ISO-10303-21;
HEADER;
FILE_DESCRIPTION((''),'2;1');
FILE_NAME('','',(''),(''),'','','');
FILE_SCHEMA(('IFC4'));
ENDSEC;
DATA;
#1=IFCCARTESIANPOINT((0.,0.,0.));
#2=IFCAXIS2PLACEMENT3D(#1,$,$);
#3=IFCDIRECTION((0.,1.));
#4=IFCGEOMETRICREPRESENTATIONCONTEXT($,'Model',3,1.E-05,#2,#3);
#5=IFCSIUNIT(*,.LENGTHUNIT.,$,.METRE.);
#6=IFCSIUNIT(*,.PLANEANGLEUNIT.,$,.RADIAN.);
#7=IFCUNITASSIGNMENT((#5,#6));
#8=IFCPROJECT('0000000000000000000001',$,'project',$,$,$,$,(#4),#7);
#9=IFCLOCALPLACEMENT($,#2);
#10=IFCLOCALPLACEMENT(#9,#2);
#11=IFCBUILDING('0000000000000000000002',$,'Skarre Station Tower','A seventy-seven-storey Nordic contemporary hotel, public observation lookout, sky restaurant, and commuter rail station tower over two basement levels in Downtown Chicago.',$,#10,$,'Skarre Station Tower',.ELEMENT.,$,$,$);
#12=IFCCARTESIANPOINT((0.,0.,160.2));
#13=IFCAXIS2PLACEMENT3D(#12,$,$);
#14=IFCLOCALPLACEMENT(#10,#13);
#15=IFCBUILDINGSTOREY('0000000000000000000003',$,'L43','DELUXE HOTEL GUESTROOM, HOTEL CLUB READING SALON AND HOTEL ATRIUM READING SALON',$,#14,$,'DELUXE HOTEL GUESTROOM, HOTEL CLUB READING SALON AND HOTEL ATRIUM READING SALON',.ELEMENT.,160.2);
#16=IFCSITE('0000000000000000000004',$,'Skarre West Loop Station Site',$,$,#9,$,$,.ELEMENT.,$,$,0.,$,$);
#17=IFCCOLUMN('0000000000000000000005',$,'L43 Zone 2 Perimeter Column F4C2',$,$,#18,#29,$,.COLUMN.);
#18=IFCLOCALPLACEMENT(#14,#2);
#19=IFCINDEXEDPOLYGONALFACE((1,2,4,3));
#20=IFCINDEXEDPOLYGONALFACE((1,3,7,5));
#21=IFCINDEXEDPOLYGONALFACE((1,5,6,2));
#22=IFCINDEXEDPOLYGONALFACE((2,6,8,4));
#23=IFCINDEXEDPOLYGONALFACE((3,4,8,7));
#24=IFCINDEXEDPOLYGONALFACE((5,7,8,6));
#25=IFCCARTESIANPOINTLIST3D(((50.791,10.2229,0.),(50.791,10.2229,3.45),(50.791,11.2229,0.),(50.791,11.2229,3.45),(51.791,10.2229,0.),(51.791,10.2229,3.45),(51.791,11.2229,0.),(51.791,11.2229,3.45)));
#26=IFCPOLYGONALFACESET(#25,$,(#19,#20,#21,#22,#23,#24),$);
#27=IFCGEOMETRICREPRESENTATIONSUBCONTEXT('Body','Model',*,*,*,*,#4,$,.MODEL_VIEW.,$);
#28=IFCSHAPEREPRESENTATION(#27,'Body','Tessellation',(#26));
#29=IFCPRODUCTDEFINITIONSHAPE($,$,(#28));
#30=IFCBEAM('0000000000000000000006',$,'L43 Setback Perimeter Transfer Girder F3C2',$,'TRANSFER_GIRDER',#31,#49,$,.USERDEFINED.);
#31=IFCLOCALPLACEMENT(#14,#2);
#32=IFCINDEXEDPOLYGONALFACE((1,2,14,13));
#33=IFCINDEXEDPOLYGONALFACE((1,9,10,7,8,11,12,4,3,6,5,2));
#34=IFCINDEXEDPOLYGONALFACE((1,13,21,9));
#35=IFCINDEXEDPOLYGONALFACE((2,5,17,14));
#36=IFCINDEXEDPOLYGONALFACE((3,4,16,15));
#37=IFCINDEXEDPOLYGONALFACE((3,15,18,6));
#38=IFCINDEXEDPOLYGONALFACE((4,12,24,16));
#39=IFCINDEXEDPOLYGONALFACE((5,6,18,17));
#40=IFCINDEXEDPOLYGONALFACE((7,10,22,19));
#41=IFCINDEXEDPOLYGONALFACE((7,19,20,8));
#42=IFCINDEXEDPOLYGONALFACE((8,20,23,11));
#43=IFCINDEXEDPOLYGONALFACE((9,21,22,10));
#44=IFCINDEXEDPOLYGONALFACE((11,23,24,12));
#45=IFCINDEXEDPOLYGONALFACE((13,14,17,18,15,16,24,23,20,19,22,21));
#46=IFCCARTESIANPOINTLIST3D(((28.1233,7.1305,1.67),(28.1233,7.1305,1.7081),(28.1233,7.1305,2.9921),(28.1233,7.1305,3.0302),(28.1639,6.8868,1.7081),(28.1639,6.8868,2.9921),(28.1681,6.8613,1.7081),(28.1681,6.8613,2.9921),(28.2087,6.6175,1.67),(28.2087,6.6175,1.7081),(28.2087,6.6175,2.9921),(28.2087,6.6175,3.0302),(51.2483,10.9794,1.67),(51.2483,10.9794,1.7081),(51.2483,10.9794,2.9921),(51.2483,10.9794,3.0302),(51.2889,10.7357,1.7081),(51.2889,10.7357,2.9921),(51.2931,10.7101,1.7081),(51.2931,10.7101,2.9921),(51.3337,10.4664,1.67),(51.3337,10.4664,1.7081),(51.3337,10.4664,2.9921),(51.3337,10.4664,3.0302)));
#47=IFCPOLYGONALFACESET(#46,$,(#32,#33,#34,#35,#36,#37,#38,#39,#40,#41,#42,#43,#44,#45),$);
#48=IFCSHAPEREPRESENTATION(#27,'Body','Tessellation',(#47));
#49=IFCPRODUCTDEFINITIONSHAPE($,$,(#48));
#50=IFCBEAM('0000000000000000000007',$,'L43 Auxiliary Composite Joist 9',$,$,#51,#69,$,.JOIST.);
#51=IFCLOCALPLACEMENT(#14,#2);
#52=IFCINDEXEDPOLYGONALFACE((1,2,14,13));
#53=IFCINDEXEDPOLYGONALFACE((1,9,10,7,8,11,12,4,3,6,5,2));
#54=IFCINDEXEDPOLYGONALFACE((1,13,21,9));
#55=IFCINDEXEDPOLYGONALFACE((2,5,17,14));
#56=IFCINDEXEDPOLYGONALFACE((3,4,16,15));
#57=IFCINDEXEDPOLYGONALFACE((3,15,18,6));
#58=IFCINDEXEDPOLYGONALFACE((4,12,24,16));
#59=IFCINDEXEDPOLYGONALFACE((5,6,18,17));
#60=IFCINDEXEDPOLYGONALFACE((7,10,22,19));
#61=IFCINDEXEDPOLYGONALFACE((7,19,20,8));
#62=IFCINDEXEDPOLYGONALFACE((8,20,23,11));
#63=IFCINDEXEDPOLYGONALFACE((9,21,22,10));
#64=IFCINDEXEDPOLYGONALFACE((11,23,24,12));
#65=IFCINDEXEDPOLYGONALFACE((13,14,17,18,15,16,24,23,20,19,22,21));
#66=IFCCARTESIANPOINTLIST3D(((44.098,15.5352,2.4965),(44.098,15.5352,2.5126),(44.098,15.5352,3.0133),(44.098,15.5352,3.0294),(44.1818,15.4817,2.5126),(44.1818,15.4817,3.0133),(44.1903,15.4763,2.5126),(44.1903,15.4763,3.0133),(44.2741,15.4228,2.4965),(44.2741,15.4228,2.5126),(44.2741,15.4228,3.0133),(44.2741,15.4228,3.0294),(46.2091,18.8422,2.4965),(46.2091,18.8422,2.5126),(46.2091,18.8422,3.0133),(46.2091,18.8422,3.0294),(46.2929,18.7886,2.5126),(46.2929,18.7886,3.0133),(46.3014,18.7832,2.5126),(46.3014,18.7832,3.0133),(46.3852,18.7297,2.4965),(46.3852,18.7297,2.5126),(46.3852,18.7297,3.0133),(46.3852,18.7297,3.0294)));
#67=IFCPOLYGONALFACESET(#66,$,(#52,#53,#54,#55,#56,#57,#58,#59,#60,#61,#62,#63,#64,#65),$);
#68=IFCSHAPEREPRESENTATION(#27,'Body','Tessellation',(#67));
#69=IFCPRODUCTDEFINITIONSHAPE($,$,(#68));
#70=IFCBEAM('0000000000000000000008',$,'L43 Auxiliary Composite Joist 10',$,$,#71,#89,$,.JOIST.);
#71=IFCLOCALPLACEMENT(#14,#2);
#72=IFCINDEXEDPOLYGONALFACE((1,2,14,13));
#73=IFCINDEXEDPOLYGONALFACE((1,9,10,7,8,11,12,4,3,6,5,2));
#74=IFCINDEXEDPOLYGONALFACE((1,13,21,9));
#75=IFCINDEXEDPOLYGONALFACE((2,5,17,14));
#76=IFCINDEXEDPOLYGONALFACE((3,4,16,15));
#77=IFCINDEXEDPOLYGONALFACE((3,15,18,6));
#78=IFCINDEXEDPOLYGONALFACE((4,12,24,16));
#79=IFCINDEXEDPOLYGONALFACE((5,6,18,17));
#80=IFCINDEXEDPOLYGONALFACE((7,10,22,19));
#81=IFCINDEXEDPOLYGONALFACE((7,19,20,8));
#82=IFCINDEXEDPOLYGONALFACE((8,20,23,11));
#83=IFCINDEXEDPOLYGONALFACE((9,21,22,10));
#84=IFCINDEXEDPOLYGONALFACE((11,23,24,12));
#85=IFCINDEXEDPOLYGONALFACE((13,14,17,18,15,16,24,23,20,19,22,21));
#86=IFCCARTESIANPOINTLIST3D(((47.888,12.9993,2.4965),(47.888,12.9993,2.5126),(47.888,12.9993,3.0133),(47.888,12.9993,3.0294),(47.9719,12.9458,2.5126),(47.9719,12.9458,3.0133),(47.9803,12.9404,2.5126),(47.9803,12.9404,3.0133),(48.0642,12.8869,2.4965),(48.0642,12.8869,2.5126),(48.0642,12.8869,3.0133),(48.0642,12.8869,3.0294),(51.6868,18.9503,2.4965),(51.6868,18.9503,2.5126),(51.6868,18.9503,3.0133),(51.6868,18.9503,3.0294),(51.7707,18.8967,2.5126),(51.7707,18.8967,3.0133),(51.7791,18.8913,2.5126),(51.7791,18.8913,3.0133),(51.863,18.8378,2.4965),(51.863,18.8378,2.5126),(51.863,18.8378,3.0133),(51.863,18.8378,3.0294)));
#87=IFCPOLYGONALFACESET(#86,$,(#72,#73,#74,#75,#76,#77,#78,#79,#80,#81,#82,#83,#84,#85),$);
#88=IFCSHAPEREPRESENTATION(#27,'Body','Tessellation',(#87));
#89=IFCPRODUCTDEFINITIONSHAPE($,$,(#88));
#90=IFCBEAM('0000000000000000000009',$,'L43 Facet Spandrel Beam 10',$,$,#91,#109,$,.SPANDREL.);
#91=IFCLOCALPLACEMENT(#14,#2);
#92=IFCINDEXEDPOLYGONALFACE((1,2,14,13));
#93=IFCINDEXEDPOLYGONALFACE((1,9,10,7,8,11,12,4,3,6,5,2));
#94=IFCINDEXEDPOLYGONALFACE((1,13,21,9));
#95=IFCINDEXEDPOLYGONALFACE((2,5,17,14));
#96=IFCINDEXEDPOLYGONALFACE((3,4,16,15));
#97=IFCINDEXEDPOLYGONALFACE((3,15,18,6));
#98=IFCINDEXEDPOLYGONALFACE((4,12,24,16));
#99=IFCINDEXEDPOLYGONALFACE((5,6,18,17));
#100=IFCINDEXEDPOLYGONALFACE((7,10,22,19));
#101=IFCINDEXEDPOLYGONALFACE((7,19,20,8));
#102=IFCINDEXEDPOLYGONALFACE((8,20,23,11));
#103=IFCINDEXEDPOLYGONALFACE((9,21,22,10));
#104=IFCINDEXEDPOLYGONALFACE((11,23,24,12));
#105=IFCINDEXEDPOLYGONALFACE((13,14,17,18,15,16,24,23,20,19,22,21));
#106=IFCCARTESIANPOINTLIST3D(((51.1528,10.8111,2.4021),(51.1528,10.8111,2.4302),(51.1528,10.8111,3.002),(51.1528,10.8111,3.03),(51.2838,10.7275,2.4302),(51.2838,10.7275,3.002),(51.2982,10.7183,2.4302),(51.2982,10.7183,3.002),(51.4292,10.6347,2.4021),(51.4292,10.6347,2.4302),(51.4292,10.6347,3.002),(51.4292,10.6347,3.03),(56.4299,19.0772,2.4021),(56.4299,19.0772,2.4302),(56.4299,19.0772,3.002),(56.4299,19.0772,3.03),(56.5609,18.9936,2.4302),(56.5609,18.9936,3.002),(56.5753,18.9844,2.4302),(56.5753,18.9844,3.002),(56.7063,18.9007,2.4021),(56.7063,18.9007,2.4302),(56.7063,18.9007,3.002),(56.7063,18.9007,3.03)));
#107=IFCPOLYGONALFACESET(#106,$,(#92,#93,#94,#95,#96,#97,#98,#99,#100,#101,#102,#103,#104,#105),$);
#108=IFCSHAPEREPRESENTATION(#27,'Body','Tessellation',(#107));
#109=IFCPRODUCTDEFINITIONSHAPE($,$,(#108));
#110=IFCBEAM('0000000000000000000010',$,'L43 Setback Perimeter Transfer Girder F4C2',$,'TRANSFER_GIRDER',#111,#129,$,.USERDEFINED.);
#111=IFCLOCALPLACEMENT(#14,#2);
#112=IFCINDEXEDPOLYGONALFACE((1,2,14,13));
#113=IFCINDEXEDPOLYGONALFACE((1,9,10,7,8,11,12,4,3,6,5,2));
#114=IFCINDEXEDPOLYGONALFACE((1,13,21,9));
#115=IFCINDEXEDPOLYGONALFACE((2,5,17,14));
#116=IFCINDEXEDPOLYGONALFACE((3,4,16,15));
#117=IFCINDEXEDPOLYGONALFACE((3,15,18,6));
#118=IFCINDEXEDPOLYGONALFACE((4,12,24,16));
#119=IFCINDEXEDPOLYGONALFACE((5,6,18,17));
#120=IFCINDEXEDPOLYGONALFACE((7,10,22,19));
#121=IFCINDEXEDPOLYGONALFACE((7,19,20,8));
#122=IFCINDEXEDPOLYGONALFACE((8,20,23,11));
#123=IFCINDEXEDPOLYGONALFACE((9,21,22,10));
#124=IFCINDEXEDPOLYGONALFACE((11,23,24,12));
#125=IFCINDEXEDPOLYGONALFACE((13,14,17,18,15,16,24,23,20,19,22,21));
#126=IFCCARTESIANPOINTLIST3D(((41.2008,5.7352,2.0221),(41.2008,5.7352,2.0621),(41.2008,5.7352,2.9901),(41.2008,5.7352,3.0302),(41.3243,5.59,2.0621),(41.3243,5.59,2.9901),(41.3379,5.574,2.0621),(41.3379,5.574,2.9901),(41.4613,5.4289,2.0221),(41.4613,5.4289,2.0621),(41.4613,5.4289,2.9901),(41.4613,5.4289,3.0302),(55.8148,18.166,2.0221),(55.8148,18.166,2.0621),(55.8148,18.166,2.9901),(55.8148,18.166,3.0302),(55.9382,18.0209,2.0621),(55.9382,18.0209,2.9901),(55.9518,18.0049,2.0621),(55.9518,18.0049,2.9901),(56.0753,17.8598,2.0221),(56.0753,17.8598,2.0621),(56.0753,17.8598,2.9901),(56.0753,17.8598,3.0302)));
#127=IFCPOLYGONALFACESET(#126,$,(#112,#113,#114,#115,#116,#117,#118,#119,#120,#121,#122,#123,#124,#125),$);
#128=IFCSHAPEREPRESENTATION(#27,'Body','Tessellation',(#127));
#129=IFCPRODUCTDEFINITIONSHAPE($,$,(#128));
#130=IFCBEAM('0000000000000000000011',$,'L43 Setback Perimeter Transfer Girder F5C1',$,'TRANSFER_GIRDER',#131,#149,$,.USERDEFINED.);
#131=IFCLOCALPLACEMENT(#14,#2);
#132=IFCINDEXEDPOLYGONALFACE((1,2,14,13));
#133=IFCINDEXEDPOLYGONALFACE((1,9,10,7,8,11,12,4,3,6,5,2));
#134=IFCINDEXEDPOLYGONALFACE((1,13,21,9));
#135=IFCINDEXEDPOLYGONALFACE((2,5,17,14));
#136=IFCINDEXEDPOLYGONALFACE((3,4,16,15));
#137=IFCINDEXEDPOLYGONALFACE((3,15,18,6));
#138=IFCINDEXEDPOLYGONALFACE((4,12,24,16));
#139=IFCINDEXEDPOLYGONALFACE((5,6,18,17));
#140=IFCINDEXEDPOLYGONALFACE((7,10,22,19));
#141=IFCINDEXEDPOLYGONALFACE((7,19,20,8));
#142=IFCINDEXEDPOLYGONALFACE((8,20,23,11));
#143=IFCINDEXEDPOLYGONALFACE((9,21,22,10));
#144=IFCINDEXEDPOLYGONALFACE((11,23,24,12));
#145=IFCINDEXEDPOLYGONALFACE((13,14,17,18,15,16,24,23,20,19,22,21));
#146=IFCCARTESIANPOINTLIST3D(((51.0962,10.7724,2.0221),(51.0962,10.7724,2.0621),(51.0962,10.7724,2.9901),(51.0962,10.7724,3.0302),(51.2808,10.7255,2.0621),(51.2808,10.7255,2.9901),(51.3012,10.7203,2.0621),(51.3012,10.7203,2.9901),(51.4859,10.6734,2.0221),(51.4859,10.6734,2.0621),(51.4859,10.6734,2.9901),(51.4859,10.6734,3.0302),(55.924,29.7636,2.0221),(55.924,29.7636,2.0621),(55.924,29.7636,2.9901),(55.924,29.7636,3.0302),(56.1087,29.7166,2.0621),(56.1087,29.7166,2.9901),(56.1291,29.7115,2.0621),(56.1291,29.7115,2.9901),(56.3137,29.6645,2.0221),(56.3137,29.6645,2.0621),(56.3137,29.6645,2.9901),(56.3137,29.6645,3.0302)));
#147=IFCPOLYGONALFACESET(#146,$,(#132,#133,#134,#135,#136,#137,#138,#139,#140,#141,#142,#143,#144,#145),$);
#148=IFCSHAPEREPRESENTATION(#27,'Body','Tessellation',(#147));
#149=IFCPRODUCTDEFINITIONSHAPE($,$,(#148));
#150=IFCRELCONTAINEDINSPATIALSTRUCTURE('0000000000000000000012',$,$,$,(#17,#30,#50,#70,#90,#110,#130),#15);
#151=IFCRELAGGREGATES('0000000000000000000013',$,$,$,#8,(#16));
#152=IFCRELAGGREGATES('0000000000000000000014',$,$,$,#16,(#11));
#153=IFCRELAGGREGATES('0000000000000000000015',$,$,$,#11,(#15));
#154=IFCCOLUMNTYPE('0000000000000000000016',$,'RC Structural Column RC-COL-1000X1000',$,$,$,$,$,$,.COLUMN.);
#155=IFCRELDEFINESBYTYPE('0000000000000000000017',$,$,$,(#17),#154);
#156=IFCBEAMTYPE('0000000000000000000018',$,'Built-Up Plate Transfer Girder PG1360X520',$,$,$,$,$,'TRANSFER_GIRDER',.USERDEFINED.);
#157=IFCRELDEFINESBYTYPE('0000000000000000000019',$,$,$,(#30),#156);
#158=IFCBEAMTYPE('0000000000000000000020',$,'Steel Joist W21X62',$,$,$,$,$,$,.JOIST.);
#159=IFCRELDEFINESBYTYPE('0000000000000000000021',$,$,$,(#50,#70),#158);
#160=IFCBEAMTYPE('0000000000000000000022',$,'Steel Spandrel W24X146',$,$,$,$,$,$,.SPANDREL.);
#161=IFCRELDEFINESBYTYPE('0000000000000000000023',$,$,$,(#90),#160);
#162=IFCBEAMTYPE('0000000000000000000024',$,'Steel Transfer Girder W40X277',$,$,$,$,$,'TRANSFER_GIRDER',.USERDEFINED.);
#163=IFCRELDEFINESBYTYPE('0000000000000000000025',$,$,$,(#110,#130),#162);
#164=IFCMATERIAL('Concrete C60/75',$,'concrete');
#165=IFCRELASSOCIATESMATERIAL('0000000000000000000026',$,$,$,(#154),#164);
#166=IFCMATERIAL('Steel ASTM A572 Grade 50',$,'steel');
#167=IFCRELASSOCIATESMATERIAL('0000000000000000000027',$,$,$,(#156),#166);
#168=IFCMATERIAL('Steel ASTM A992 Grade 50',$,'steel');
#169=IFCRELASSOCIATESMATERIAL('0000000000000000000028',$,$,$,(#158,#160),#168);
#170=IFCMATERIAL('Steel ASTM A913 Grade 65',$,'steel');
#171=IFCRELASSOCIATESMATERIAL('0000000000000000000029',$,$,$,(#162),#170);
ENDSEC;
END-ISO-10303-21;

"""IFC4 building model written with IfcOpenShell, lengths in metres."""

from ifc_helpers import new_model, si_unit, direction, frame, origin, origin_2d, place, context, subcontext, project, spatial, rectangle, i_section, extrude, material, material_profile, profile_set, type_object, element, save


model = new_model("IFC4")

# Units and contexts
model_context = context("Model", 3, precision=1e-05, world=origin(), true_north=direction((0.0, 1.0)))
body_context = subcontext(model_context, "Body", "Model", "MODEL_VIEW")
ifc_project = project(units=[si_unit("LENGTHUNIT", "METRE"), si_unit("PLANEANGLEUNIT", "RADIAN")], contexts=[model_context])

# Site, building, storey
site_placement = place(None, origin())
site = spatial("IfcSite", under=ifc_project, at=site_placement, Name="Skarre West Loop Station Site", CompositionType="ELEMENT", RefElevation=0.0)
building_placement = place(site_placement, origin())
building = spatial("IfcBuilding", under=site, at=building_placement, Name="Skarre Station Tower", Description="A seventy-seven-storey Nordic contemporary hotel, public observation lookout, sky restaurant, and commuter rail station tower over two basement levels in Downtown Chicago.", LongName="Skarre Station Tower", CompositionType="ELEMENT")
storey_placement = place(building_placement, frame((0.0, 0.0, 160.2)))
storey = spatial("IfcBuildingStorey", under=building, at=storey_placement, Name="L43", Description="DELUXE HOTEL GUESTROOM, HOTEL CLUB READING SALON AND HOTEL ATRIUM READING SALON", LongName="DELUXE HOTEL GUESTROOM, HOTEL CLUB READING SALON AND HOTEL ATRIUM READING SALON", CompositionType="ELEMENT", Elevation=160.2)

# Column
ifc_material_1 = material(Name="Concrete C60/75", Category="concrete")
ifc_material_profile_1 = material_profile(ifc_material_1, rectangle(XDim=1.0, YDim=1.0, at=origin_2d()), Name="Concrete C60/75")
ifc_profile_set_1 = profile_set([ifc_material_profile_1], Name="Concrete C60/75")
column_type = type_object("IfcColumnType", Name="RC Structural Column RC-COL-1000X1000", PredefinedType="COLUMN", material=ifc_profile_set_1)
column_placement = place(storey_placement, frame((51.291, 10.7229, 0.0), z_axis=(0.0, 0.0, 1.0), x_axis=(1.0, 0.0, 0.0)))
element("IfcColumn", 1, at=column_placement, inside=storey, type_object=column_type, Name="L43 Zone 2 Perimeter Column F4C2", PredefinedType="COLUMN", context=body_context, shape_type="SweptSolid", body=[
    extrude(rectangle(XDim=1.0, YDim=1.0, at=origin_2d()), origin(), (0.0, 0.0, 1.0), 3.45),
])

# Beams
ifc_material_2 = material(Name="Steel ASTM A572 Grade 50", Category="steel")
ifc_material_profile_2 = material_profile(ifc_material_2, i_section(OverallWidth=0.52, OverallDepth=1.3601, WebThickness=0.0259, FlangeThickness=0.0381, at=origin_2d()), Name="Steel ASTM A572 Grade 50")
ifc_profile_set_2 = profile_set([ifc_material_profile_2], Name="Steel ASTM A572 Grade 50")
beam_type_1 = type_object("IfcBeamType", Name="Built-Up Plate Transfer Girder PG1360X520", ElementType="TRANSFER_GIRDER", PredefinedType="USERDEFINED", material=ifc_profile_set_2)
beam_1_placement = place(storey_placement, frame((51.291, 10.7229, 2.3501), z_axis=(-0.98643, -0.164179, 0.0), x_axis=(0.164179, -0.98643, 0.0)))
element("IfcBeam", 2, at=beam_1_placement, inside=storey, type_object=beam_type_1, Name="L43 Setback Perimeter Transfer Girder F3C2", ObjectType="TRANSFER_GIRDER", PredefinedType="USERDEFINED", context=body_context, shape_type="SweptSolid", body=[
    extrude(i_section(OverallWidth=0.52, OverallDepth=1.3601, WebThickness=0.0259, FlangeThickness=0.0381, at=origin_2d()), origin(), (0.0, 0.0, 1.0), 23.4431),
])
ifc_material_3 = material(Name="Steel ASTM A992 Grade 50", Category="steel")
ifc_material_profile_3 = material_profile(ifc_material_3, i_section(OverallWidth=0.209, OverallDepth=0.533, WebThickness=0.01, FlangeThickness=0.0161, at=origin_2d()), Name="Steel ASTM A992 Grade 50")
ifc_profile_set_3 = profile_set([ifc_material_profile_3], Name="Steel ASTM A992 Grade 50")
beam_type_2 = type_object("IfcBeamType", Name="Steel Joist W21X62", PredefinedType="JOIST", material=ifc_profile_set_3)
beam_2_placement = place(storey_placement, frame((44.186, 15.479, 2.7629), z_axis=(0.538091, 0.842887, 0.0), x_axis=(-0.842887, 0.538091, 0.0)))
element("IfcBeam", 3, at=beam_2_placement, inside=storey, type_object=beam_type_2, Name="L43 Auxiliary Composite Joist 9", PredefinedType="JOIST", context=body_context, shape_type="SweptSolid", body=[
    extrude(i_section(OverallWidth=0.209, OverallDepth=0.533, WebThickness=0.01, FlangeThickness=0.0161, at=origin_2d()), origin(), (0.0, 0.0, 1.0), 3.9233),
])
beam_3_placement = place(storey_placement, frame((47.9761, 12.9431, 2.7629), z_axis=(0.538072, 0.842899, 0.0), x_axis=(-0.842899, 0.538072, 0.0)))
element("IfcBeam", 4, at=beam_3_placement, inside=storey, type_object=beam_type_2, Name="L43 Auxiliary Composite Joist 10", PredefinedType="JOIST", context=body_context, shape_type="SweptSolid", body=[
    extrude(i_section(OverallWidth=0.209, OverallDepth=0.533, WebThickness=0.01, FlangeThickness=0.0161, at=origin_2d()), origin(), (0.0, 0.0, 1.0), 7.0601),
])
ifc_material_profile_4 = material_profile(ifc_material_3, i_section(OverallWidth=0.3279, OverallDepth=0.6279, WebThickness=0.0171, FlangeThickness=0.0281, at=origin_2d()), Name="Steel ASTM A992 Grade 50")
ifc_profile_set_4 = profile_set([ifc_material_profile_4], Name="Steel ASTM A992 Grade 50")
beam_type_3 = type_object("IfcBeamType", Name="Steel Spandrel W24X146", PredefinedType="SPANDREL", material=ifc_profile_set_4)
beam_4_placement = place(storey_placement, frame((51.291, 10.7229, 2.7161), z_axis=(0.538098, 0.842883, 0.0), x_axis=(-0.842883, 0.538098, 0.0)))
element("IfcBeam", 5, at=beam_4_placement, inside=storey, type_object=beam_type_3, Name="L43 Facet Spandrel Beam 10", PredefinedType="SPANDREL", context=body_context, shape_type="SweptSolid", body=[
    extrude(i_section(OverallWidth=0.3279, OverallDepth=0.6279, WebThickness=0.0171, FlangeThickness=0.0281, at=origin_2d()), origin(), (0.0, 0.0, 1.0), 9.8069),
])
ifc_material_4 = material(Name="Steel ASTM A913 Grade 65", Category="steel")
ifc_material_profile_5 = material_profile(ifc_material_4, i_section(OverallWidth=0.4021, OverallDepth=1.0081, WebThickness=0.021, FlangeThickness=0.04, at=origin_2d()), Name="Steel ASTM A913 Grade 65")
ifc_profile_set_5 = profile_set([ifc_material_profile_5], Name="Steel ASTM A913 Grade 65")
beam_type_4 = type_object("IfcBeamType", Name="Steel Transfer Girder W40X277", ElementType="TRANSFER_GIRDER", PredefinedType="USERDEFINED", material=ifc_profile_set_5)
beam_5_placement = place(storey_placement, frame((41.3311, 5.582, 2.5261), z_axis=(0.761708, 0.647921, 0.0), x_axis=(-0.647921, 0.761708, 0.0)))
element("IfcBeam", 6, at=beam_5_placement, inside=storey, type_object=beam_type_4, Name="L43 Setback Perimeter Transfer Girder F4C2", ObjectType="TRANSFER_GIRDER", PredefinedType="USERDEFINED", context=body_context, shape_type="SweptSolid", body=[
    extrude(i_section(OverallWidth=0.4021, OverallDepth=1.0081, WebThickness=0.021, FlangeThickness=0.04, at=origin_2d()), origin(), (0.0, 0.0, 1.0), 19.1858),
])
beam_6_placement = place(storey_placement, frame((51.291, 10.7229, 2.5261), z_axis=(0.24638, 0.969173, 0.0), x_axis=(-0.969173, 0.24638, 0.0)))
element("IfcBeam", 7, at=beam_6_placement, inside=storey, type_object=beam_type_4, Name="L43 Setback Perimeter Transfer Girder F5C1", ObjectType="TRANSFER_GIRDER", PredefinedType="USERDEFINED", context=body_context, shape_type="SweptSolid", body=[
    extrude(i_section(OverallWidth=0.4021, OverallDepth=1.0081, WebThickness=0.021, FlangeThickness=0.04, at=origin_2d()), origin(), (0.0, 0.0, 1.0), 19.5952),
])

save(model, "model.ifc")
